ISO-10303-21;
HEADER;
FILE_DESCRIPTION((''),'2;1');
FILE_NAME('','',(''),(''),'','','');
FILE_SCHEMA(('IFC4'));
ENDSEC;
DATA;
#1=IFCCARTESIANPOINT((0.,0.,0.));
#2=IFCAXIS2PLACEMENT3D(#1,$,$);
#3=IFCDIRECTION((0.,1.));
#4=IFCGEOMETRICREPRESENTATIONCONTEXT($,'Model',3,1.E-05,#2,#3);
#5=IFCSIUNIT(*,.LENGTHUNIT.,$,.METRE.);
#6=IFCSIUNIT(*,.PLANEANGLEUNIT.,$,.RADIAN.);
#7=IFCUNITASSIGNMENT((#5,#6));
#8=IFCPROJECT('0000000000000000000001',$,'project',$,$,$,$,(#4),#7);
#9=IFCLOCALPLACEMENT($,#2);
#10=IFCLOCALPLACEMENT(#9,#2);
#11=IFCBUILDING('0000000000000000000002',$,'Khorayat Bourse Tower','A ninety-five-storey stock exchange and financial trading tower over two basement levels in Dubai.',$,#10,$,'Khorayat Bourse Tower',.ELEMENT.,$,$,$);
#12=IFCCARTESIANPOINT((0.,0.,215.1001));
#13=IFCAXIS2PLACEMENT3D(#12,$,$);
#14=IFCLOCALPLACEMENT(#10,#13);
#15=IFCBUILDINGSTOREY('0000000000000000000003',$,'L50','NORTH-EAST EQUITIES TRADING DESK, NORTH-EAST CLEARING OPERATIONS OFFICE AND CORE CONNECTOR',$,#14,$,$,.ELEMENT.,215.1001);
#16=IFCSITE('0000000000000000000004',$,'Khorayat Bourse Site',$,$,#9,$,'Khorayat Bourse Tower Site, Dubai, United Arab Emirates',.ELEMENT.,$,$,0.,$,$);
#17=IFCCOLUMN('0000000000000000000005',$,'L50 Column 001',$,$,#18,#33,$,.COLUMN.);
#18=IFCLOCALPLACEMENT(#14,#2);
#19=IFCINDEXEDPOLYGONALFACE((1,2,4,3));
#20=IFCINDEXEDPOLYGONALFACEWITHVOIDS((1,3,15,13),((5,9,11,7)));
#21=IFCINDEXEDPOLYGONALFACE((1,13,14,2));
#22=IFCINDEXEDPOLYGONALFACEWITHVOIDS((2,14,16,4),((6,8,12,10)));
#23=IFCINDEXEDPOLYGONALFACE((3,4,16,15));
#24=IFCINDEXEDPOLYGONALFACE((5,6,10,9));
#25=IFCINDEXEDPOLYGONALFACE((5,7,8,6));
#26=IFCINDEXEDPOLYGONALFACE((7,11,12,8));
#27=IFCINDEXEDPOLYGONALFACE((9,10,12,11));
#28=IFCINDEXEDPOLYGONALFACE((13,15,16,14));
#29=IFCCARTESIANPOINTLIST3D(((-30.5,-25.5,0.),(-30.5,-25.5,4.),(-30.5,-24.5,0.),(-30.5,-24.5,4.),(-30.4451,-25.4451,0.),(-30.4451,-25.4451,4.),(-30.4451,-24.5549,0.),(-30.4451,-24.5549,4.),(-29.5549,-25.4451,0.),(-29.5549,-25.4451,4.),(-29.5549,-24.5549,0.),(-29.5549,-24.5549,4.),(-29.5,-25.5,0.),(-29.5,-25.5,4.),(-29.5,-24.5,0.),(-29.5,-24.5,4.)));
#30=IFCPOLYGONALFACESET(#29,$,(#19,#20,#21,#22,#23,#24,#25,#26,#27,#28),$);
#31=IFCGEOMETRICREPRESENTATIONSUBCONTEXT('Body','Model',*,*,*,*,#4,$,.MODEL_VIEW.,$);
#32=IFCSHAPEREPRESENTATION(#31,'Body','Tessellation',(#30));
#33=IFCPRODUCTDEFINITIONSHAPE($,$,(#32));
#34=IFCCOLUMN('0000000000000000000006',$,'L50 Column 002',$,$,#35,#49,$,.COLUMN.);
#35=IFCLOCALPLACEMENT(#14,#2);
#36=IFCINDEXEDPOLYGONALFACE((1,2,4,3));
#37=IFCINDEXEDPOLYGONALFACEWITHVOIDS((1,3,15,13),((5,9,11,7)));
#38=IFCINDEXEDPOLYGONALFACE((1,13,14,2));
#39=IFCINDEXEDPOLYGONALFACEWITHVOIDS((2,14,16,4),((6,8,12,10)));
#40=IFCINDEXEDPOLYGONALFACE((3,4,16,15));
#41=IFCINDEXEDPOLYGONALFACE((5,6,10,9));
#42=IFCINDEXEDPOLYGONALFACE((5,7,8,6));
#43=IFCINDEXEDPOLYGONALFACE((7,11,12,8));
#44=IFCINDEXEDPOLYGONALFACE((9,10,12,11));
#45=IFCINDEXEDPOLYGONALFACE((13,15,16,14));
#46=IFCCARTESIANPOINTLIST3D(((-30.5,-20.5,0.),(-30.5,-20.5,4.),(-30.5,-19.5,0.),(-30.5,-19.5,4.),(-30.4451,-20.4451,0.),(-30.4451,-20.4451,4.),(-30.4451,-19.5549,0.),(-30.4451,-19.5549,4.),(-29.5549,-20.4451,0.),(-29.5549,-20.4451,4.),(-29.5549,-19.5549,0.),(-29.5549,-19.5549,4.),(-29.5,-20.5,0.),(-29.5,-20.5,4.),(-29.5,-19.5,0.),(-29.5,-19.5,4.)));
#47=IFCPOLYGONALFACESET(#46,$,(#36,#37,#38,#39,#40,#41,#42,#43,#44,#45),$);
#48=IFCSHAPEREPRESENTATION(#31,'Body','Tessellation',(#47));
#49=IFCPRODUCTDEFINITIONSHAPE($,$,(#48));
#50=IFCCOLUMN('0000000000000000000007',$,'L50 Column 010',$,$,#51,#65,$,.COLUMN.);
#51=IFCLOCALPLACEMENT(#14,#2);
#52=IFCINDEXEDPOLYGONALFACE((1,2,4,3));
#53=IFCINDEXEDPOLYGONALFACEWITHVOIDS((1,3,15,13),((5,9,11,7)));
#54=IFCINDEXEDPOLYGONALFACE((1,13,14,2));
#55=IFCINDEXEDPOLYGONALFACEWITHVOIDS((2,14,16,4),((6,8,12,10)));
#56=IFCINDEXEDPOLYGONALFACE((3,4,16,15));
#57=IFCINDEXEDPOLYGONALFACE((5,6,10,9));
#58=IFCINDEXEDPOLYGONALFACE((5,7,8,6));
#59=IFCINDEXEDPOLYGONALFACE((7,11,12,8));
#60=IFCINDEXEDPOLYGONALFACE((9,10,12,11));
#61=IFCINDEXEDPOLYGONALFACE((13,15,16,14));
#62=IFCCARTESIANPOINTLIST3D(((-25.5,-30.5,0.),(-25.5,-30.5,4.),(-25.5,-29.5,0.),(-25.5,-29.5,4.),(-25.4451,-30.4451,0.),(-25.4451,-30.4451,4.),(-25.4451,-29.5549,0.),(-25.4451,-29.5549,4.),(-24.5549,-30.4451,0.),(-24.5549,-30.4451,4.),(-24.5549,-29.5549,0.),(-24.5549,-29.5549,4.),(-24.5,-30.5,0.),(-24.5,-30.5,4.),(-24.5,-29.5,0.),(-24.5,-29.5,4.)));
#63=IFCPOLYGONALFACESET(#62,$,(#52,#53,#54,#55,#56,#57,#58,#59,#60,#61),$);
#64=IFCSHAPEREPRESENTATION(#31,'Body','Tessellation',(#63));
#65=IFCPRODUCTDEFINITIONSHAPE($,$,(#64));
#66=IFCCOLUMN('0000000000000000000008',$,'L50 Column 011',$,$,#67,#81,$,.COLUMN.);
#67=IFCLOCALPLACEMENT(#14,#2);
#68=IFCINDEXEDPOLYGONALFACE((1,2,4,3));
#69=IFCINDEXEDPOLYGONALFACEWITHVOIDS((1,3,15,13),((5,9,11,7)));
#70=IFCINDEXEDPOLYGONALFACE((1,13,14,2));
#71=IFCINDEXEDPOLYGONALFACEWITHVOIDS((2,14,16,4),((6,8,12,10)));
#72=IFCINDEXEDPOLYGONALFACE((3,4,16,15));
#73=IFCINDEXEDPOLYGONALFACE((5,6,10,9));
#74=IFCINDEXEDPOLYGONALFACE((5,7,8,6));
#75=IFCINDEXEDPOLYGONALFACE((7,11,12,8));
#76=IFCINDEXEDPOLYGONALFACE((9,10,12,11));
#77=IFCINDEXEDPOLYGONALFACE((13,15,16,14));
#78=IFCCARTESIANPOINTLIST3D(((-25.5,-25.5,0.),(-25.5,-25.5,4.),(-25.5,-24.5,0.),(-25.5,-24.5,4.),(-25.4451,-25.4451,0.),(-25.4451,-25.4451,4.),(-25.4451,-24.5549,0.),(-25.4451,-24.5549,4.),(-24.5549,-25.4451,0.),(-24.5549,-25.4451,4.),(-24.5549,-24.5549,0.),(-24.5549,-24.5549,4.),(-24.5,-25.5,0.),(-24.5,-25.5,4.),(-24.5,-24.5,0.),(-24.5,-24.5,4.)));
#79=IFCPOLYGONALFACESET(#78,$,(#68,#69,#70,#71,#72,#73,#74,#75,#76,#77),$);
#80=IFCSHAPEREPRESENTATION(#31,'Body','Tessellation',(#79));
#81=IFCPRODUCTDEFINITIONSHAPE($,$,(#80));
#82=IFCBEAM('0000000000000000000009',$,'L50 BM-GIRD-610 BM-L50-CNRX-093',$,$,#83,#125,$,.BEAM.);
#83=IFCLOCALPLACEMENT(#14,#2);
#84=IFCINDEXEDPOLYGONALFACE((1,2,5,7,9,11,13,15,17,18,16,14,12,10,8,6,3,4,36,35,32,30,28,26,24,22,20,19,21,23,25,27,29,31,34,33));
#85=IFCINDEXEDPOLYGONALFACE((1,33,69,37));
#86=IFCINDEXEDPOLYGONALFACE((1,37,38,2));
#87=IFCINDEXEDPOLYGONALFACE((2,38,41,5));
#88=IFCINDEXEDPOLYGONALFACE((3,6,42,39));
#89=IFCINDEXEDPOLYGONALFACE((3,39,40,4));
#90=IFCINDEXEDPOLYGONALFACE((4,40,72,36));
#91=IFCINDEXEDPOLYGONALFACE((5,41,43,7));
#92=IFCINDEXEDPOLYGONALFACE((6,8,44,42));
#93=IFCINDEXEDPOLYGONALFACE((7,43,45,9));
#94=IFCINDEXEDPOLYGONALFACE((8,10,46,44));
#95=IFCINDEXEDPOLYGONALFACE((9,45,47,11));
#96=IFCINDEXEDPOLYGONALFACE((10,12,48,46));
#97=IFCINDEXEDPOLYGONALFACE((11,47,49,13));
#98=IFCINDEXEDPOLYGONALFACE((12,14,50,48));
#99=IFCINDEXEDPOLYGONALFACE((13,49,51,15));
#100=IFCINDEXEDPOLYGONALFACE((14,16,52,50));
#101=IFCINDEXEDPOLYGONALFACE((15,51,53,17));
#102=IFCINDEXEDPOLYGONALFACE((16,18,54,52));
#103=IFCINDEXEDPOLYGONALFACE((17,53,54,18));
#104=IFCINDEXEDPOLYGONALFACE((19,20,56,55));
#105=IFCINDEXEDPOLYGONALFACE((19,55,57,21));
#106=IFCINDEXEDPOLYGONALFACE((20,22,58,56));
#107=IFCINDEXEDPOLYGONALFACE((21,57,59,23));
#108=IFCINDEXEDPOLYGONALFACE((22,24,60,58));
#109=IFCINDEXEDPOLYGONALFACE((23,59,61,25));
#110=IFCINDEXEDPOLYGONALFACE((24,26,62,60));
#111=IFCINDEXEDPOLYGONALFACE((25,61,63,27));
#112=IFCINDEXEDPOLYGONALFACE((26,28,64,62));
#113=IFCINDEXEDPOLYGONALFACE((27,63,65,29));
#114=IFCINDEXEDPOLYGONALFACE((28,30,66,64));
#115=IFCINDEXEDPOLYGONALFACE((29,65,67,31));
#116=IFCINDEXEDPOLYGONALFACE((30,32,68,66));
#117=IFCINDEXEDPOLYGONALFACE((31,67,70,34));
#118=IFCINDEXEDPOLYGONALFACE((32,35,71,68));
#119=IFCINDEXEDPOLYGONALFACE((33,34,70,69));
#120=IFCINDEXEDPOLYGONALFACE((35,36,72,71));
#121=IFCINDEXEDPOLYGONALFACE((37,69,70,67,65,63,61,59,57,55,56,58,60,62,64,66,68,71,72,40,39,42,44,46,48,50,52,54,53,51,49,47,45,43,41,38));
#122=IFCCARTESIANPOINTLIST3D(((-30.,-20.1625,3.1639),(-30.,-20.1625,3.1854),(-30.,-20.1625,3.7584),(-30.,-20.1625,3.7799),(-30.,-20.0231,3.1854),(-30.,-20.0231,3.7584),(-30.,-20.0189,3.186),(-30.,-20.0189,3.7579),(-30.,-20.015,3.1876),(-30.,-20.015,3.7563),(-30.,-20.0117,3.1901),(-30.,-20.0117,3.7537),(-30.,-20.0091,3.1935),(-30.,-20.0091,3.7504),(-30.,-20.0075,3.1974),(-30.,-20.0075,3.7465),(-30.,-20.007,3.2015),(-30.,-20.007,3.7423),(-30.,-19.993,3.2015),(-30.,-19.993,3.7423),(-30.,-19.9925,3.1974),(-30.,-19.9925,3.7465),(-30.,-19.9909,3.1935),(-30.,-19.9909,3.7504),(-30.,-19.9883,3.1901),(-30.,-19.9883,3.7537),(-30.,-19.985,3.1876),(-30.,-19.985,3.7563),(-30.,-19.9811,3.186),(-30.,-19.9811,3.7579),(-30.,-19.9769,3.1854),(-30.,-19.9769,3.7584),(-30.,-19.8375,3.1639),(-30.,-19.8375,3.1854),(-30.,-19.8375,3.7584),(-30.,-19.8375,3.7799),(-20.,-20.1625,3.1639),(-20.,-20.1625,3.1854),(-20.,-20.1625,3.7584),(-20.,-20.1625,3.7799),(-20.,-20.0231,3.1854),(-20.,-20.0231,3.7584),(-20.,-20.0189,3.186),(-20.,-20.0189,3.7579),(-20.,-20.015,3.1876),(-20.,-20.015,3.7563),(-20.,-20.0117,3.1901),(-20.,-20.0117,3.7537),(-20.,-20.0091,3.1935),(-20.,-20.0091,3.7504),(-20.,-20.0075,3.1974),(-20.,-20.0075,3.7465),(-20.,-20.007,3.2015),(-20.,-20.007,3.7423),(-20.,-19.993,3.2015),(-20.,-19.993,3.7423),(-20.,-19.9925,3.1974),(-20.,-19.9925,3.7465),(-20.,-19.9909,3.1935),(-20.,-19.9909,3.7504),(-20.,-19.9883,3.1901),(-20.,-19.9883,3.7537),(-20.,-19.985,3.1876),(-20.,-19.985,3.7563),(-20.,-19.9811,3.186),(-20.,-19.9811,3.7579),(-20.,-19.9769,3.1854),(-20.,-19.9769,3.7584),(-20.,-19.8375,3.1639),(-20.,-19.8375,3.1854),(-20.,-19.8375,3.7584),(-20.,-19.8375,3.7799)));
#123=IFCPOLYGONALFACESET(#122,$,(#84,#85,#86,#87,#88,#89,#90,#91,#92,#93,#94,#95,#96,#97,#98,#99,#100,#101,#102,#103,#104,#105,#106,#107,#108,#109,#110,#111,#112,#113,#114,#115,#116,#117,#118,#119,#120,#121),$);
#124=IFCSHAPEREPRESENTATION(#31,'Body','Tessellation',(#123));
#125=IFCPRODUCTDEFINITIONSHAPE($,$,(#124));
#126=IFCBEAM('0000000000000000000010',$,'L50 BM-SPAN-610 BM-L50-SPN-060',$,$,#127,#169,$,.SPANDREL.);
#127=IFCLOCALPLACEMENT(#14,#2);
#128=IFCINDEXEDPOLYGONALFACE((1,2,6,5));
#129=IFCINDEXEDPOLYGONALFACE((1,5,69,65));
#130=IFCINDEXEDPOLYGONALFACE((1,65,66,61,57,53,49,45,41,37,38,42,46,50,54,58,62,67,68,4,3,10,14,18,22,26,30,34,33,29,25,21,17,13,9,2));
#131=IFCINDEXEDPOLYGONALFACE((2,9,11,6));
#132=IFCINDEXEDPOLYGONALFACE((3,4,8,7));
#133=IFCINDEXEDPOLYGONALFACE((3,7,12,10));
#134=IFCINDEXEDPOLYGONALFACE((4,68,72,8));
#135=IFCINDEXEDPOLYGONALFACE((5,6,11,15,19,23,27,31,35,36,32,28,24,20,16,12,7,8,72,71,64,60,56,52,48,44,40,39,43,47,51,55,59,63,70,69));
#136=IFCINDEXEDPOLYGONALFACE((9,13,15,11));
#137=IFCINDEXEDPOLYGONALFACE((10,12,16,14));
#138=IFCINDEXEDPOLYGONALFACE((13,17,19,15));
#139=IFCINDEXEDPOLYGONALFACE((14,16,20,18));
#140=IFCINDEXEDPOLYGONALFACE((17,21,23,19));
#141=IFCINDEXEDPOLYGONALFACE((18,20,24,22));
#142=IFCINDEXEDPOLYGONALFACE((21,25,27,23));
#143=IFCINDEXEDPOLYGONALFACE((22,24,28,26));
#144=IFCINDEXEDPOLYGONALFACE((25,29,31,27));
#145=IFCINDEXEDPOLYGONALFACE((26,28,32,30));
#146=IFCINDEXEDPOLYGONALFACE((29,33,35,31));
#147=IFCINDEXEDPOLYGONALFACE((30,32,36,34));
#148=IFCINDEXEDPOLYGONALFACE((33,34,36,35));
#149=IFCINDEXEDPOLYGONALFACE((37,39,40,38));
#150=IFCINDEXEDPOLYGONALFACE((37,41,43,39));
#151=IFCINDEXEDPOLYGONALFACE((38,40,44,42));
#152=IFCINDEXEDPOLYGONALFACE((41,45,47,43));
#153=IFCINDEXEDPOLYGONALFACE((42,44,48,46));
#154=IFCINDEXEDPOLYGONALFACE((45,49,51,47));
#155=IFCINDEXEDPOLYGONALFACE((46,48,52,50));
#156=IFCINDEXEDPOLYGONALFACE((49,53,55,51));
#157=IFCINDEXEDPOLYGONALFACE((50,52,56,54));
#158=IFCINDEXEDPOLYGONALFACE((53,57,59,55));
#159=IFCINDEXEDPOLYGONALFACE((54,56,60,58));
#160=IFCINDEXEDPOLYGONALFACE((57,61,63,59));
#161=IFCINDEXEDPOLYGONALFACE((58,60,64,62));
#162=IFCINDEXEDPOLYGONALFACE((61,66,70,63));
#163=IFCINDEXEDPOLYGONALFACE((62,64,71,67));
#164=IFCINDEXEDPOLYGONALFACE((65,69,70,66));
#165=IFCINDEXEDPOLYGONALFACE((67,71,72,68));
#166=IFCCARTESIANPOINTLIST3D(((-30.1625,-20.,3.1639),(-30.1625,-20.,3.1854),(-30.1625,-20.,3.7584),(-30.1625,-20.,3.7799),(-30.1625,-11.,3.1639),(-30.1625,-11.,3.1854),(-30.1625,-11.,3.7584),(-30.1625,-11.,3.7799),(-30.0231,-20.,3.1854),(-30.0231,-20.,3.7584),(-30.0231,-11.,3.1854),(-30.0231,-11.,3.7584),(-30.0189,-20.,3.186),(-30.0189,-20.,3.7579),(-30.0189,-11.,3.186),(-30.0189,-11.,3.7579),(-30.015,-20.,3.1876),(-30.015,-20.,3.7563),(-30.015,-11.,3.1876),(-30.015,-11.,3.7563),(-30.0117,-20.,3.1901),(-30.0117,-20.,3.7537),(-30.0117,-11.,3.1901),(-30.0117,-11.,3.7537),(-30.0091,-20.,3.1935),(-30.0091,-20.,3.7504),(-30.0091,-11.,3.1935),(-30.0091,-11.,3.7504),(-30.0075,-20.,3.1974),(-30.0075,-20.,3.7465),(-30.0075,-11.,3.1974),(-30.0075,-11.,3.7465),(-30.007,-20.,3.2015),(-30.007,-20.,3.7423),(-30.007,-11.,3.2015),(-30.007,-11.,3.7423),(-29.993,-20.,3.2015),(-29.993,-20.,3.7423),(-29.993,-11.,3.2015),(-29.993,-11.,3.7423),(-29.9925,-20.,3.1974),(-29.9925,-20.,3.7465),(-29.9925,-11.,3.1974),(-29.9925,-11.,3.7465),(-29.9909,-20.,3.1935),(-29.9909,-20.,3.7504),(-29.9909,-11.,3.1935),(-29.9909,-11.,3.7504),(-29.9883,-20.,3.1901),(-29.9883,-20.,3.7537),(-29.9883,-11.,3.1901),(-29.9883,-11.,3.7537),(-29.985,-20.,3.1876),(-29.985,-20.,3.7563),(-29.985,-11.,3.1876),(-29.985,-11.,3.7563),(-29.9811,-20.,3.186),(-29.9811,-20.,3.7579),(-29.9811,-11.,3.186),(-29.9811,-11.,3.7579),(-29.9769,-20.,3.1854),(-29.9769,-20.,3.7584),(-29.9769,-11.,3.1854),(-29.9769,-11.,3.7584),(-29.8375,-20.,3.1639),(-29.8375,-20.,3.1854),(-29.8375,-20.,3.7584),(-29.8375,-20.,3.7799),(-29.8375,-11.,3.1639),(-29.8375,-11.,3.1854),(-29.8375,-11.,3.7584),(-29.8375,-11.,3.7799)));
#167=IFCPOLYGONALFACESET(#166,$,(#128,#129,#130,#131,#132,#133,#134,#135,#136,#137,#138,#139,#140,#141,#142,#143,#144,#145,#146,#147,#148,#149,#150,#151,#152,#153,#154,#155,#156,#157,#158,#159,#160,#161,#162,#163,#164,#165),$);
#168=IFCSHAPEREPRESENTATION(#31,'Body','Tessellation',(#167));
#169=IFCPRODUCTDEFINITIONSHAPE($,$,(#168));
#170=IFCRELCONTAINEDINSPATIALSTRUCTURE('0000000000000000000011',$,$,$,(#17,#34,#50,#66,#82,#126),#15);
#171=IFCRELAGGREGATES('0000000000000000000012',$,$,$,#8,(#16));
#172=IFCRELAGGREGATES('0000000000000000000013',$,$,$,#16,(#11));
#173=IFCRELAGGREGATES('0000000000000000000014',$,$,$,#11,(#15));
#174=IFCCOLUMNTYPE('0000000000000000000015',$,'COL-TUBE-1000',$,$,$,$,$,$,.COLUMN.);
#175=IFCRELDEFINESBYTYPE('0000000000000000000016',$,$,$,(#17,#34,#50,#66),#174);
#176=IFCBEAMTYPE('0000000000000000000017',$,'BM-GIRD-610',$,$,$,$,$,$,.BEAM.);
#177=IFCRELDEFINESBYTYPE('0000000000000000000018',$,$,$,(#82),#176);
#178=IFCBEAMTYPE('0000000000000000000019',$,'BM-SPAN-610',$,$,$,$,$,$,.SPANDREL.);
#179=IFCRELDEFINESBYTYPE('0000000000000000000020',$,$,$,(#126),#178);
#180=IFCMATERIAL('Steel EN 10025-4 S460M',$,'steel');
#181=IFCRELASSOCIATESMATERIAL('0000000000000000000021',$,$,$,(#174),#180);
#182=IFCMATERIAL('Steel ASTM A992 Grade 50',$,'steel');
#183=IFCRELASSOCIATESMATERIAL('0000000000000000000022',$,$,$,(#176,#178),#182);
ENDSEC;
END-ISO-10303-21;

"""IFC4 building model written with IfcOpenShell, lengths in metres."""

from ifc_helpers import new_model, si_unit, direction, frame, origin, origin_2d, place, context, subcontext, project, spatial, hollow_rectangle, i_section, extrude, source, transform, mapped, material, material_profile, profile_set, type_object, element, save


model = new_model("IFC4")

# Units and contexts
model_context = context("Model", 3, precision=1e-05, world=origin(), true_north=direction((0.0, 1.0)))
body_context = subcontext(model_context, "Body", "Model", "MODEL_VIEW")
ifc_project = project(units=[si_unit("LENGTHUNIT", "METRE"), si_unit("PLANEANGLEUNIT", "RADIAN")], contexts=[model_context])

# Site, building, storey
site_placement = place(None, origin())
site = spatial("IfcSite", under=ifc_project, at=site_placement, Name="Khorayat Bourse Site", LongName="Khorayat Bourse Tower Site, Dubai, United Arab Emirates", CompositionType="ELEMENT", RefElevation=0.0)
building_placement = place(site_placement, origin())
building = spatial("IfcBuilding", under=site, at=building_placement, Name="Khorayat Bourse Tower", Description="A ninety-five-storey stock exchange and financial trading tower over two basement levels in Dubai.", LongName="Khorayat Bourse Tower", CompositionType="ELEMENT")
storey_placement = place(building_placement, frame((0.0, 0.0, 215.1001)))
storey = spatial("IfcBuildingStorey", under=building, at=storey_placement, Name="L50", Description="NORTH-EAST EQUITIES TRADING DESK, NORTH-EAST CLEARING OPERATIONS OFFICE AND CORE CONNECTOR", CompositionType="ELEMENT", Elevation=215.1001)

# Columns
ifc_material_1 = material(Name="Steel EN 10025-4 S460M", Category="steel")
ifc_material_profile_1 = material_profile(ifc_material_1, hollow_rectangle(XDim=1.0, YDim=1.0, WallThickness=0.0549, at=origin_2d()), Name="BOX 1000x1000x55")
ifc_profile_set_1 = profile_set([ifc_material_profile_1], Name="Steel EN 10025-4 S460M")
column_type = type_object("IfcColumnType", Name="COL-TUBE-1000", PredefinedType="COLUMN", material=ifc_profile_set_1)
shared_shape_1 = source(origin(), body_context, "Body", "SweptSolid", [
    extrude(hollow_rectangle(XDim=1.0, YDim=1.0, WallThickness=0.0549, at=origin_2d()), origin(), (0.0, 0.0, 1.0), 4.0),
])
for number, where, z_axis, x_axis, name in (
    (1, (-30.0, -25.0, 0.0), (0.0, 0.0, 1.0), (1.0, 0.0, 0.0), "L50 Column 001"),
    (2, (-30.0, -20.0, 0.0), (0.0, 0.0, 1.0), (1.0, 0.0, 0.0), "L50 Column 002"),
    (3, (-25.0, -30.0, 0.0), (0.0, 0.0, 1.0), (1.0, 0.0, 0.0), "L50 Column 010"),
    (4, (-25.0, -25.0, 0.0), (0.0, 0.0, 1.0), (1.0, 0.0, 0.0), "L50 Column 011"),
):
    element("IfcColumn", number, at=place(storey_placement, frame(where, z_axis=z_axis, x_axis=x_axis)), inside=storey, type_object=column_type, Name=name, PredefinedType="COLUMN", context=body_context, shape_type="MappedRepresentation", body=[
        mapped(shared_shape_1, transform((0.0, 0.0, 0.0), scale=1.0)),
    ])

# Beams
ifc_material_2 = material(Name="Steel ASTM A992 Grade 50", Category="steel")
ifc_material_profile_2 = material_profile(ifc_material_2, i_section(OverallWidth=0.325, OverallDepth=0.616, WebThickness=0.0139, FlangeThickness=0.0215, FilletRadius=0.0161, at=origin_2d()), Name="W610X174")
ifc_profile_set_2 = profile_set([ifc_material_profile_2], Name="Steel ASTM A992 Grade 50")
beam_type_1 = type_object("IfcBeamType", Name="BM-GIRD-610", PredefinedType="BEAM", material=ifc_profile_set_2)
shared_shape_2 = source(origin(), body_context, "Body", "SweptSolid", [
    extrude(i_section(OverallWidth=0.325, OverallDepth=0.616, WebThickness=0.0139, FlangeThickness=0.0215, FilletRadius=0.0161, at=origin_2d()), origin(), (0.0, 0.0, 1.0), 10.0),
])
beam_1_placement = place(storey_placement, frame((-30.0, -20.0, 3.4719), z_axis=(1.0, 0.0, 0.0), x_axis=(0.0, 1.0, 0.0)))
element("IfcBeam", 5, at=beam_1_placement, inside=storey, type_object=beam_type_1, Name="L50 BM-GIRD-610 BM-L50-CNRX-093", PredefinedType="BEAM", context=body_context, shape_type="MappedRepresentation", body=[
    mapped(shared_shape_2, transform((0.0, 0.0, 0.0), scale=1.0)),
])
ifc_material_profile_3 = material_profile(ifc_material_2, i_section(OverallWidth=0.325, OverallDepth=0.616, WebThickness=0.0139, FlangeThickness=0.0215, FilletRadius=0.0161, at=origin_2d()), Name="W610X174")
ifc_profile_set_3 = profile_set([ifc_material_profile_3], Name="Steel ASTM A992 Grade 50")
beam_type_2 = type_object("IfcBeamType", Name="BM-SPAN-610", PredefinedType="SPANDREL", material=ifc_profile_set_3)
shared_shape_3 = source(origin(), body_context, "Body", "SweptSolid", [
    extrude(i_section(OverallWidth=0.325, OverallDepth=0.616, WebThickness=0.0139, FlangeThickness=0.0215, FilletRadius=0.0161, at=origin_2d()), origin(), (0.0, 0.0, 1.0), 9.0),
])
beam_2_placement = place(storey_placement, frame((-30.0, -20.0, 3.4719), z_axis=(0.0, 1.0, 0.0), x_axis=(-1.0, 0.0, 0.0)))
element("IfcBeam", 6, at=beam_2_placement, inside=storey, type_object=beam_type_2, Name="L50 BM-SPAN-610 BM-L50-SPN-060", PredefinedType="SPANDREL", context=body_context, shape_type="MappedRepresentation", body=[
    mapped(shared_shape_3, transform((0.0, 0.0, 0.0), scale=1.0)),
])

save(model, "model.ifc")
